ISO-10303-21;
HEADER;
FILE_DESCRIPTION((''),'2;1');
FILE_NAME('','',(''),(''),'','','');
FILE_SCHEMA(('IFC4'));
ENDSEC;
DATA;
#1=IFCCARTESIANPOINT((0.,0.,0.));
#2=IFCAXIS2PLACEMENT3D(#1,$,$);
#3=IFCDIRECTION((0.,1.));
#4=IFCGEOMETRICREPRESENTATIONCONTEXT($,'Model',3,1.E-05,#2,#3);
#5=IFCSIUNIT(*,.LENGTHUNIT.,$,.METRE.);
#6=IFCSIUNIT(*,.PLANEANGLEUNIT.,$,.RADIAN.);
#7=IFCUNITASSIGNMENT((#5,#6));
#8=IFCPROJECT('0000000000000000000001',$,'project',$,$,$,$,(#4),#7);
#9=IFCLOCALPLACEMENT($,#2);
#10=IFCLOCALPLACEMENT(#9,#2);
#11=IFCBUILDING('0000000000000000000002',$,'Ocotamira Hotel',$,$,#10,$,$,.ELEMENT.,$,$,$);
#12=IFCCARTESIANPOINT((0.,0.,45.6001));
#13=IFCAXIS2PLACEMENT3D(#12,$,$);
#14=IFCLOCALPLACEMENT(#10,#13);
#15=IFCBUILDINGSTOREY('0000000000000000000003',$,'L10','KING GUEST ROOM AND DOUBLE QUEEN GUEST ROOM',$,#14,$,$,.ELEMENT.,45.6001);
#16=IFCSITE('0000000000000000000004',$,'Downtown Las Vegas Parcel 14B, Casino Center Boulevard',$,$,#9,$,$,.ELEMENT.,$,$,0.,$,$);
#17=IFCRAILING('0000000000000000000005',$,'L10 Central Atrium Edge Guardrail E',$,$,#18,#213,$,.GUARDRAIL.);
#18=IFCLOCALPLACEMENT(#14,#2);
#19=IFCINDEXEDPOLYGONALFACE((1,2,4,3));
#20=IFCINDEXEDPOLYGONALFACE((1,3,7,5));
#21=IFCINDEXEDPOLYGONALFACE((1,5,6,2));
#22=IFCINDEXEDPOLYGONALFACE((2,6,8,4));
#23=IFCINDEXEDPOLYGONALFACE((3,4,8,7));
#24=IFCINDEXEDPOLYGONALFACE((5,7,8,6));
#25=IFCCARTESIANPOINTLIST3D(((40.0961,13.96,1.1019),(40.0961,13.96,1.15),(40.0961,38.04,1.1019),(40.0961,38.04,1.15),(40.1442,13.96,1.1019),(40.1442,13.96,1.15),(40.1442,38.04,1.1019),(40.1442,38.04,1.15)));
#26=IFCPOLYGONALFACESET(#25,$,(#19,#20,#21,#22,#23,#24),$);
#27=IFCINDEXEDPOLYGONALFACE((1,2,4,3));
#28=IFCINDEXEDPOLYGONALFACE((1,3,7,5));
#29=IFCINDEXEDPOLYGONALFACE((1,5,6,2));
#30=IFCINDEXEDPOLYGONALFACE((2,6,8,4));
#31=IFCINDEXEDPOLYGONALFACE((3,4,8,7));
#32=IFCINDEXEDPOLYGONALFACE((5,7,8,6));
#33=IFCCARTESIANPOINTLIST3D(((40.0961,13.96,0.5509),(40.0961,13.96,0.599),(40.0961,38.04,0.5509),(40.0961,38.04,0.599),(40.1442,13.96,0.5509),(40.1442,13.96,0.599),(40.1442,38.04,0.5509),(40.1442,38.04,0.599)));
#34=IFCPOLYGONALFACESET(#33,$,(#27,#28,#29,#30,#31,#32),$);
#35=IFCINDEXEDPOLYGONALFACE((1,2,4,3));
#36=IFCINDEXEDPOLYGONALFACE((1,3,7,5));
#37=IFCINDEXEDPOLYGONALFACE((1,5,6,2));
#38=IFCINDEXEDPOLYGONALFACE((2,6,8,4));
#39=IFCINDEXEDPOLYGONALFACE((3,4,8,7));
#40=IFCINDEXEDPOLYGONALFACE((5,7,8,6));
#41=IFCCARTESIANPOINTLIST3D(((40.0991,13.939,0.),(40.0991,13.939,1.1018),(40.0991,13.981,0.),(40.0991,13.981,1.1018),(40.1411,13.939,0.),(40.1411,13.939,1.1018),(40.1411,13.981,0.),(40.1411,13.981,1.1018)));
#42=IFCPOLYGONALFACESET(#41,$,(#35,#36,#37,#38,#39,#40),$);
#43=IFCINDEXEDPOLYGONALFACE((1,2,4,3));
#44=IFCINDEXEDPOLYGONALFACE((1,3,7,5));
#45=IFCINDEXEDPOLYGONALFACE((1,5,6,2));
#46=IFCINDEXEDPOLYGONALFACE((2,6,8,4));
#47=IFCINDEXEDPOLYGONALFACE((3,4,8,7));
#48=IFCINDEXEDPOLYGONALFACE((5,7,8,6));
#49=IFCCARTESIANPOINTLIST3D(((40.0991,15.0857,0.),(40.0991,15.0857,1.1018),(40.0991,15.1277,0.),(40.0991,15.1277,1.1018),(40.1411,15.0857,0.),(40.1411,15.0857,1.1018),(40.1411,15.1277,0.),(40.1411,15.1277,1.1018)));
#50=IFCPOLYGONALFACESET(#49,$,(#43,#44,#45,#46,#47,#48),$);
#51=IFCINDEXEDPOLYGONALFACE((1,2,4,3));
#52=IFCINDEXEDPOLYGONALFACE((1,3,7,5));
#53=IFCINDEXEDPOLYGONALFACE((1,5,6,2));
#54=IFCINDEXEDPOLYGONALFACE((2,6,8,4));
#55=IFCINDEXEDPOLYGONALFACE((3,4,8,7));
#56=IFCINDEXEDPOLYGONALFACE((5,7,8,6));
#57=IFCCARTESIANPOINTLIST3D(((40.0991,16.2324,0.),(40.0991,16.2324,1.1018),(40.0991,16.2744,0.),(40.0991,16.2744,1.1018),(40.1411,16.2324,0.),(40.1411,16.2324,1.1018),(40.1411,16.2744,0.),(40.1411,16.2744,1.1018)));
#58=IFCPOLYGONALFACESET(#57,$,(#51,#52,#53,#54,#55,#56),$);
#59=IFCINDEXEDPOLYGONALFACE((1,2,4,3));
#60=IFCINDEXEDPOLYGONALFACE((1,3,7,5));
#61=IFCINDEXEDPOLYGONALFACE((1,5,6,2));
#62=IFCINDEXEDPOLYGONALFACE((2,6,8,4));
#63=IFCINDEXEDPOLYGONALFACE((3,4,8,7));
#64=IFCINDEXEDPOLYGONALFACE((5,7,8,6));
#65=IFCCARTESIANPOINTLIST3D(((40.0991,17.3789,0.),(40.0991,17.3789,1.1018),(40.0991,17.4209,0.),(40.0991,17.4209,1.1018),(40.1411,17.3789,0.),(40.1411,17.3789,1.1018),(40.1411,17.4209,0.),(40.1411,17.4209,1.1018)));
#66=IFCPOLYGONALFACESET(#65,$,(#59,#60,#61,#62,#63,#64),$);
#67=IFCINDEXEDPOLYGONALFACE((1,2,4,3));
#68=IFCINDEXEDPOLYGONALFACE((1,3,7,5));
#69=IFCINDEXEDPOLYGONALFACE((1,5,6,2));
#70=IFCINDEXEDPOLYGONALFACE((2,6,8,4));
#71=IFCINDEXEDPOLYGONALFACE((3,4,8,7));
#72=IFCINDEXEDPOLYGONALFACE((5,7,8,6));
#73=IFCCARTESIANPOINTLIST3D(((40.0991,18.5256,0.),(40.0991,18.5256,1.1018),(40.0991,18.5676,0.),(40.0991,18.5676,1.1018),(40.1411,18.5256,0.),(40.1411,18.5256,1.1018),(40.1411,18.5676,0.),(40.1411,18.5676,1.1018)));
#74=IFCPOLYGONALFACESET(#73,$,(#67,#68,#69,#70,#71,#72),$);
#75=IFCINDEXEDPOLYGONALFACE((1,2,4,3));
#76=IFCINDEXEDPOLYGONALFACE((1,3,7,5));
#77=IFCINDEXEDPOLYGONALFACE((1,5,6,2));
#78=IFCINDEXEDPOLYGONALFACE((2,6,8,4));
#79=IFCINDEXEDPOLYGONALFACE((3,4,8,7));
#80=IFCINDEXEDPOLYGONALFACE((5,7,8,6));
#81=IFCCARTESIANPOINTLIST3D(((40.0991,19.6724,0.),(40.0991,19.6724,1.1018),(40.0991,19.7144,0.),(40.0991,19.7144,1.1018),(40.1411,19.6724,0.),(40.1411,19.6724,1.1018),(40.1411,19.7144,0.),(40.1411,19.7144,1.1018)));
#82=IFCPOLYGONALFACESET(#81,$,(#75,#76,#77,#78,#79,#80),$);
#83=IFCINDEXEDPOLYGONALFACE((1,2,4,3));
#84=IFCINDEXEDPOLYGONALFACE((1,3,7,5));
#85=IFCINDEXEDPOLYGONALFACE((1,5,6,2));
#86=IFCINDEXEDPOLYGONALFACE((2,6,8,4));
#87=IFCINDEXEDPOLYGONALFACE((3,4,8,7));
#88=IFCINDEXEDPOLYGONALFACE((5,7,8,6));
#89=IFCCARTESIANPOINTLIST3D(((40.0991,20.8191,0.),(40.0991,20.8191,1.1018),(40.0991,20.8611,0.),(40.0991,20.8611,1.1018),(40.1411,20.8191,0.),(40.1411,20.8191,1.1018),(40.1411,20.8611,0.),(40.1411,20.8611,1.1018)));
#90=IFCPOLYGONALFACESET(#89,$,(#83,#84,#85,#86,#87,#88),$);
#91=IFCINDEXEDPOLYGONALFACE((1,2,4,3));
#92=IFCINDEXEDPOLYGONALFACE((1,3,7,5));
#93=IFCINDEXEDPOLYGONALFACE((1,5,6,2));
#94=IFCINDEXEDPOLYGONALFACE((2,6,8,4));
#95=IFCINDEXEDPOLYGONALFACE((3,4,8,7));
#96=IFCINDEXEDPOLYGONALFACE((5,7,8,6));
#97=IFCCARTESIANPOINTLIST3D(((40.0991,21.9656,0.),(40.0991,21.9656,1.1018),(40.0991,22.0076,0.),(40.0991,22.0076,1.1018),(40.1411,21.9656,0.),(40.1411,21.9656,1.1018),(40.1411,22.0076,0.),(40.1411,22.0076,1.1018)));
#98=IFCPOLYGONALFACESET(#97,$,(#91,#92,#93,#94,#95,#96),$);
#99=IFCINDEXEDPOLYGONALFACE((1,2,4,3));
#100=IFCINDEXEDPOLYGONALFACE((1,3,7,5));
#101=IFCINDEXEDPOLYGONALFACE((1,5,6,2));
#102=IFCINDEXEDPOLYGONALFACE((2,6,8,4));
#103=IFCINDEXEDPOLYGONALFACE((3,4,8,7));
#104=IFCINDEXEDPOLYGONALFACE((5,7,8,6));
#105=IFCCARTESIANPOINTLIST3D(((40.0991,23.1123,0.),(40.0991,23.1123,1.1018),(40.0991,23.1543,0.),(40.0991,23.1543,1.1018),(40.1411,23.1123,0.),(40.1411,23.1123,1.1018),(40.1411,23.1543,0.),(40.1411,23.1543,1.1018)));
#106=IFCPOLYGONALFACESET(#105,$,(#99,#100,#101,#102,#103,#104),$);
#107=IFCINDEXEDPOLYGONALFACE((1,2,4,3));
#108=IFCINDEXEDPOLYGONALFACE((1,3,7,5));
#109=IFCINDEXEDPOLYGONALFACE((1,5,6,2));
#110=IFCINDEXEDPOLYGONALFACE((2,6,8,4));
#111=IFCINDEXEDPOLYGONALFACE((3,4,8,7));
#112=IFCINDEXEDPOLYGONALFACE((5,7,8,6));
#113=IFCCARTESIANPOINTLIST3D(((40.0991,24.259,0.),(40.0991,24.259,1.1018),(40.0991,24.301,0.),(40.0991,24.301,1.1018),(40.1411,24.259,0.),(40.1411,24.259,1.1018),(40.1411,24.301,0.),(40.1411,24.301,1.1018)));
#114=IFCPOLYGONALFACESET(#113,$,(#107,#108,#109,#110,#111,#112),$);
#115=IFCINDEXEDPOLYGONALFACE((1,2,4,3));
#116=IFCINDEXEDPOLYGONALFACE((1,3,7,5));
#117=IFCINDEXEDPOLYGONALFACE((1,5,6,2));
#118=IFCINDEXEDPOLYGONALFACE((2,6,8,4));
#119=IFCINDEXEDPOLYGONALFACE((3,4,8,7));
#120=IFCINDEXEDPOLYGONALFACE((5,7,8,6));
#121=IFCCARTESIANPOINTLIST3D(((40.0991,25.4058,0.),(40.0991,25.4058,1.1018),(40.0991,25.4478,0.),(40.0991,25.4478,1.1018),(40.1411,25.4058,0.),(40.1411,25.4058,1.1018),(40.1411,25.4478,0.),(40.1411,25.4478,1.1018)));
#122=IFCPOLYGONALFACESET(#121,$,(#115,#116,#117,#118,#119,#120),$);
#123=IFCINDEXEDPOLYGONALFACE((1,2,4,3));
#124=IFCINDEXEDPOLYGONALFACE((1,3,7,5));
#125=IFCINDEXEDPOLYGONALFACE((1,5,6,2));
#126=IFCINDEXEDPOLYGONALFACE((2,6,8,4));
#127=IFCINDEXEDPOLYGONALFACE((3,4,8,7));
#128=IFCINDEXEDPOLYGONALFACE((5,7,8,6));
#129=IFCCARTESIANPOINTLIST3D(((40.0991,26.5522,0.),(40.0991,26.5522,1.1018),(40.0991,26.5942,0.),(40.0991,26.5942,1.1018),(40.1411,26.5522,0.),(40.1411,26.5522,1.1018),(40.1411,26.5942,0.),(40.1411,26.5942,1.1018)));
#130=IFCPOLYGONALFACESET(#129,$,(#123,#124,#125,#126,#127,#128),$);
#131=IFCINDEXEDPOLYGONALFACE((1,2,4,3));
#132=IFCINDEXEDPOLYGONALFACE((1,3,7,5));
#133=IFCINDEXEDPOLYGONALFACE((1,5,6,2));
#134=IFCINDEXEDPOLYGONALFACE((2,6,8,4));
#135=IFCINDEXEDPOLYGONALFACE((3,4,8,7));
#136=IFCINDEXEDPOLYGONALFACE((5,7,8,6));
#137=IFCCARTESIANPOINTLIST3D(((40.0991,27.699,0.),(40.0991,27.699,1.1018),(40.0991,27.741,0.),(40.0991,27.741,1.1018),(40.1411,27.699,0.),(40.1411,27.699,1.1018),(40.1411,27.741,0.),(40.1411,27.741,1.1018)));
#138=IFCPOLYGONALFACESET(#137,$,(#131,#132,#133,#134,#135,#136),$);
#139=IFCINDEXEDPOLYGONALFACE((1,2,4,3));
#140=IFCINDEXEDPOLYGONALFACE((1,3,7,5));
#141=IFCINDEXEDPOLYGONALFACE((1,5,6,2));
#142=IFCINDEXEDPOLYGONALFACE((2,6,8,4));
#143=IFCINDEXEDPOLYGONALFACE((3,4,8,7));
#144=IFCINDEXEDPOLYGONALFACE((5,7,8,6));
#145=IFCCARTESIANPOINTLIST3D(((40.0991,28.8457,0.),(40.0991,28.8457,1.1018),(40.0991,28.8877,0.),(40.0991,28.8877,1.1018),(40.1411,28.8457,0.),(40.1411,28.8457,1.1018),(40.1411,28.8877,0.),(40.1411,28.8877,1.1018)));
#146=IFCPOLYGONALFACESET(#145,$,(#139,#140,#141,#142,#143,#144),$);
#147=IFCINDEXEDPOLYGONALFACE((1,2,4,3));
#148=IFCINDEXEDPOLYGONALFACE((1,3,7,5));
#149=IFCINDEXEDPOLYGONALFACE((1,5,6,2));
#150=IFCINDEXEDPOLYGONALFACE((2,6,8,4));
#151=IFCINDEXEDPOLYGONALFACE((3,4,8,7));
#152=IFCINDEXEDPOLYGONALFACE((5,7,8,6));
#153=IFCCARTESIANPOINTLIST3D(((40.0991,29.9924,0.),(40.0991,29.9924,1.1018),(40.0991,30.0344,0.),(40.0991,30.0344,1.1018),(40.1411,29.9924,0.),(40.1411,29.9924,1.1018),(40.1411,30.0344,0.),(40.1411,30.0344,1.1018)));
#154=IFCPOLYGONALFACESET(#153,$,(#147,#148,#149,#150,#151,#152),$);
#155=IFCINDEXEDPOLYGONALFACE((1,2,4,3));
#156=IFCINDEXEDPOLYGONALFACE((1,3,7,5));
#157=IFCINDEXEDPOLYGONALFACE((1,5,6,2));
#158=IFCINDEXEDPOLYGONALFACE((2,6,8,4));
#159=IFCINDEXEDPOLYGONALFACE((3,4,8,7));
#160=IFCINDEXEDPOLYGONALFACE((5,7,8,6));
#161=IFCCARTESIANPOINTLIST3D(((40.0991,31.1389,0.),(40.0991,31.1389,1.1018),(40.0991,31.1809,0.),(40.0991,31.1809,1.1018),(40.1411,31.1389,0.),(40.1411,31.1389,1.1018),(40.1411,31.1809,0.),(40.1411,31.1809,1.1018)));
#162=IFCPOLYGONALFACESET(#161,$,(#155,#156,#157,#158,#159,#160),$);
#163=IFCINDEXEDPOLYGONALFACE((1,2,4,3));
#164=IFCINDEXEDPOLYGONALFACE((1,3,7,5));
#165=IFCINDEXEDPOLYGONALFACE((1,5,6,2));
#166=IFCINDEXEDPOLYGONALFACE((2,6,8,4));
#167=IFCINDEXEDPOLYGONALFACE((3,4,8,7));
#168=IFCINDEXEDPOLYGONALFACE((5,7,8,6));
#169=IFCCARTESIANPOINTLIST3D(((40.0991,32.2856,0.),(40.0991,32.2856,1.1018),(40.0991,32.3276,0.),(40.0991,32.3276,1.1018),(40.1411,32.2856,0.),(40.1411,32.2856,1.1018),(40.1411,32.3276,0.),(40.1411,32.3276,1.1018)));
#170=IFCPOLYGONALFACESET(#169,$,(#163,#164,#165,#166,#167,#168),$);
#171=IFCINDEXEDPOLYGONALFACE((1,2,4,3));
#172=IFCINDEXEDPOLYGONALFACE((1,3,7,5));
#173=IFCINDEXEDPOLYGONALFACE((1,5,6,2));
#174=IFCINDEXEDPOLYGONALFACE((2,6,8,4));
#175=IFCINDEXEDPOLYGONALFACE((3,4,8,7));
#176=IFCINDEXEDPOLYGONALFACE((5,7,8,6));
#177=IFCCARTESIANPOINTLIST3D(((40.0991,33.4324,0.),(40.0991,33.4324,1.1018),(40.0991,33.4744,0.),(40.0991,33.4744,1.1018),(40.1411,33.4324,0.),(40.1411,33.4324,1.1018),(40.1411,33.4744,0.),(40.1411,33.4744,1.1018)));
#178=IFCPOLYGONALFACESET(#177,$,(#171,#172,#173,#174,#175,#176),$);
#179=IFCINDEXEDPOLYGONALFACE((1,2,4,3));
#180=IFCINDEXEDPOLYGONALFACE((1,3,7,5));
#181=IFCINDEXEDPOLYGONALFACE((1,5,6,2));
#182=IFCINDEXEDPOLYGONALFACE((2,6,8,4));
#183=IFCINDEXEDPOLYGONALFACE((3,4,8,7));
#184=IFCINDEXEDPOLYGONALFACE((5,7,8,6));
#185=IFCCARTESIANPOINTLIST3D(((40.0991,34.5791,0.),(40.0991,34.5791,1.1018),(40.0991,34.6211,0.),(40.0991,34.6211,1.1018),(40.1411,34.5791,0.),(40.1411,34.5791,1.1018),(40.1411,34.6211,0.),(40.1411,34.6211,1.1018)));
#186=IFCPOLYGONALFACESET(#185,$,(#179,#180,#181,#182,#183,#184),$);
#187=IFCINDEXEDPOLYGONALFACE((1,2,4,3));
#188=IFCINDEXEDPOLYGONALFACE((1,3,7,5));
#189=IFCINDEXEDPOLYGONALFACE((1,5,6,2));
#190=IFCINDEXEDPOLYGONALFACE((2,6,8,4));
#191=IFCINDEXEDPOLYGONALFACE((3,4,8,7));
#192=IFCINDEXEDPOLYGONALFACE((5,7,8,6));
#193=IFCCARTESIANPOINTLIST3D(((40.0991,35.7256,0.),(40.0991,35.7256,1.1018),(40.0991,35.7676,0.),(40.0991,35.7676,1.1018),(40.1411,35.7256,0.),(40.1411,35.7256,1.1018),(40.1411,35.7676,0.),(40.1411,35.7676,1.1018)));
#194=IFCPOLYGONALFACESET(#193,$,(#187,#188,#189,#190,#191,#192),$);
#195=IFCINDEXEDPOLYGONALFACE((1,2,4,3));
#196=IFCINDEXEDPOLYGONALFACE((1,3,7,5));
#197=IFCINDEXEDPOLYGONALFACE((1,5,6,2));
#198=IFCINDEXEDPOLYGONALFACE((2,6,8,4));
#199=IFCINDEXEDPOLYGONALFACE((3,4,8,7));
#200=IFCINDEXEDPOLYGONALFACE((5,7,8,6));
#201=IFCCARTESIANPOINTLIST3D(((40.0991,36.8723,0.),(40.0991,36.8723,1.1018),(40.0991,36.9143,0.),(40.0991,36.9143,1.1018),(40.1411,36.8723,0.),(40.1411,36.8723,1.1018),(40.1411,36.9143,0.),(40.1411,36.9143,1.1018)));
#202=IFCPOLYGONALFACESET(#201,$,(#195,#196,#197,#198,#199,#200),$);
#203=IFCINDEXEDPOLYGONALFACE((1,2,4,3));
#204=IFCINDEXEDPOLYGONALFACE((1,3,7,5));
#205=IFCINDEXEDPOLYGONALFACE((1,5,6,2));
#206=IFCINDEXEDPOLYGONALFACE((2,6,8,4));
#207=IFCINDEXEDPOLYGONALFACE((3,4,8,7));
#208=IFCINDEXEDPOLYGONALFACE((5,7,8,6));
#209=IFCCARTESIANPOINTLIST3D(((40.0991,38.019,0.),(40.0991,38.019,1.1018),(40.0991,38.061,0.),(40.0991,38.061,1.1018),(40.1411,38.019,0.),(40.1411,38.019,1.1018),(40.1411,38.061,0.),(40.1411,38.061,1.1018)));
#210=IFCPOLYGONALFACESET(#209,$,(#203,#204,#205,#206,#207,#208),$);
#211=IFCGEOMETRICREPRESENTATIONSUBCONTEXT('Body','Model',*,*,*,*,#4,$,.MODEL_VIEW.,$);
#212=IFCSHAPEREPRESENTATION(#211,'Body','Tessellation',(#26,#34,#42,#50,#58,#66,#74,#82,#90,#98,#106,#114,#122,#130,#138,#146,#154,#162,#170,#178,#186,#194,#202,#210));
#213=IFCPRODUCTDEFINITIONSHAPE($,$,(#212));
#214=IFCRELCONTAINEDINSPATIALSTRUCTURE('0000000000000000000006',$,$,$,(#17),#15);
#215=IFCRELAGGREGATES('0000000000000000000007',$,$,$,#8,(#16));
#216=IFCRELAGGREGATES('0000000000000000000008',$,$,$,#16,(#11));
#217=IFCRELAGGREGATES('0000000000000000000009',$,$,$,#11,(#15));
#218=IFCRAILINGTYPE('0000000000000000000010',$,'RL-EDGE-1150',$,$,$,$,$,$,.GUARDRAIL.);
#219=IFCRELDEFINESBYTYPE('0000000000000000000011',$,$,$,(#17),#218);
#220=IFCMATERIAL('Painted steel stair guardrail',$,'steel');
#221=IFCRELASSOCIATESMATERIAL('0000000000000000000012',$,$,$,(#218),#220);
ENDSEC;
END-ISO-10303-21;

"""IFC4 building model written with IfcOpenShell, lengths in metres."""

from ifc_helpers import new_model, si_unit, direction, frame, origin, origin_2d, place, context, subcontext, project, spatial, rectangle, extrude, material, type_object, element, save


model = new_model("IFC4")

# Units and contexts
model_context = context("Model", 3, precision=1e-05, world=origin(), true_north=direction((0.0, 1.0)))
body_context = subcontext(model_context, "Body", "Model", "MODEL_VIEW")
ifc_project = project(units=[si_unit("LENGTHUNIT", "METRE"), si_unit("PLANEANGLEUNIT", "RADIAN")], contexts=[model_context])

# Site, building, storey
site_placement = place(None, origin())
site = spatial("IfcSite", under=ifc_project, at=site_placement, Name="Downtown Las Vegas Parcel 14B, Casino Center Boulevard", CompositionType="ELEMENT", RefElevation=0.0)
building_placement = place(site_placement, origin())
building = spatial("IfcBuilding", under=site, at=building_placement, Name="Ocotamira Hotel", CompositionType="ELEMENT")
storey_placement = place(building_placement, frame((0.0, 0.0, 45.6001)))
storey = spatial("IfcBuildingStorey", under=building, at=storey_placement, Name="L10", Description="KING GUEST ROOM AND DOUBLE QUEEN GUEST ROOM", CompositionType="ELEMENT", Elevation=45.6001)

# Railing
ifc_material_1 = material(Name="Painted steel stair guardrail", Category="steel")
railing_type = type_object("IfcRailingType", Name="RL-EDGE-1150", PredefinedType="GUARDRAIL", material=ifc_material_1)
railing_placement = place(storey_placement, frame((40.1201, 13.96, 0.0)))
element("IfcRailing", 1, at=railing_placement, inside=storey, type_object=railing_type, Name="L10 Central Atrium Edge Guardrail E", PredefinedType="GUARDRAIL", context=body_context, shape_type="SweptSolid", body=[
    extrude(rectangle(XDim=0.0481, YDim=0.0481, at=origin_2d()), frame((0.0, 0.0, 1.126), z_axis=(0.0, 1.0, 0.0), x_axis=(-1.0, 0.0, 0.0)), (0.0, 0.0, 1.0), 24.0801),
    extrude(rectangle(XDim=0.0481, YDim=0.0481, at=origin_2d()), frame((0.0, 0.0, 0.575), z_axis=(0.0, 1.0, 0.0), x_axis=(-1.0, 0.0, 0.0)), (0.0, 0.0, 1.0), 24.0801),
    extrude(rectangle(XDim=0.042, YDim=0.042, at=origin_2d()), origin(), (0.0, 0.0, 1.0), 1.1018),
    extrude(rectangle(XDim=0.042, YDim=0.042, at=origin_2d()), frame((0.0, 1.1467, 0.0)), (0.0, 0.0, 1.0), 1.1018),
    extrude(rectangle(XDim=0.042, YDim=0.042, at=origin_2d()), frame((0.0, 2.2935, 0.0)), (0.0, 0.0, 1.0), 1.1018),
    extrude(rectangle(XDim=0.042, YDim=0.042, at=origin_2d()), frame((0.0, 3.4399, 0.0)), (0.0, 0.0, 1.0), 1.1018),
    extrude(rectangle(XDim=0.042, YDim=0.042, at=origin_2d()), frame((0.0, 4.5867, 0.0)), (0.0, 0.0, 1.0), 1.1018),
    extrude(rectangle(XDim=0.042, YDim=0.042, at=origin_2d()), frame((0.0, 5.7334, 0.0)), (0.0, 0.0, 1.0), 1.1018),
    extrude(rectangle(XDim=0.042, YDim=0.042, at=origin_2d()), frame((0.0, 6.8801, 0.0)), (0.0, 0.0, 1.0), 1.1018),
    extrude(rectangle(XDim=0.042, YDim=0.042, at=origin_2d()), frame((0.0, 8.0266, 0.0)), (0.0, 0.0, 1.0), 1.1018),
    extrude(rectangle(XDim=0.042, YDim=0.042, at=origin_2d()), frame((0.0, 9.1733, 0.0)), (0.0, 0.0, 1.0), 1.1018),
    extrude(rectangle(XDim=0.042, YDim=0.042, at=origin_2d()), frame((0.0, 10.3201, 0.0)), (0.0, 0.0, 1.0), 1.1018),
    extrude(rectangle(XDim=0.042, YDim=0.042, at=origin_2d()), frame((0.0, 11.4668, 0.0)), (0.0, 0.0, 1.0), 1.1018),
    extrude(rectangle(XDim=0.042, YDim=0.042, at=origin_2d()), frame((0.0, 12.6133, 0.0)), (0.0, 0.0, 1.0), 1.1018),
    extrude(rectangle(XDim=0.042, YDim=0.042, at=origin_2d()), frame((0.0, 13.76, 0.0)), (0.0, 0.0, 1.0), 1.1018),
    extrude(rectangle(XDim=0.042, YDim=0.042, at=origin_2d()), frame((0.0, 14.9067, 0.0)), (0.0, 0.0, 1.0), 1.1018),
    extrude(rectangle(XDim=0.042, YDim=0.042, at=origin_2d()), frame((0.0, 16.0535, 0.0)), (0.0, 0.0, 1.0), 1.1018),
    extrude(rectangle(XDim=0.042, YDim=0.042, at=origin_2d()), frame((0.0, 17.2, 0.0)), (0.0, 0.0, 1.0), 1.1018),
    extrude(rectangle(XDim=0.042, YDim=0.042, at=origin_2d()), frame((0.0, 18.3467, 0.0)), (0.0, 0.0, 1.0), 1.1018),
    extrude(rectangle(XDim=0.042, YDim=0.042, at=origin_2d()), frame((0.0, 19.4934, 0.0)), (0.0, 0.0, 1.0), 1.1018),
    extrude(rectangle(XDim=0.042, YDim=0.042, at=origin_2d()), frame((0.0, 20.6401, 0.0)), (0.0, 0.0, 1.0), 1.1018),
    extrude(rectangle(XDim=0.042, YDim=0.042, at=origin_2d()), frame((0.0, 21.7866, 0.0)), (0.0, 0.0, 1.0), 1.1018),
    extrude(rectangle(XDim=0.042, YDim=0.042, at=origin_2d()), frame((0.0, 22.9333, 0.0)), (0.0, 0.0, 1.0), 1.1018),
    extrude(rectangle(XDim=0.042, YDim=0.042, at=origin_2d()), frame((0.0, 24.0801, 0.0)), (0.0, 0.0, 1.0), 1.1018),
])

save(model, "model.ifc")
